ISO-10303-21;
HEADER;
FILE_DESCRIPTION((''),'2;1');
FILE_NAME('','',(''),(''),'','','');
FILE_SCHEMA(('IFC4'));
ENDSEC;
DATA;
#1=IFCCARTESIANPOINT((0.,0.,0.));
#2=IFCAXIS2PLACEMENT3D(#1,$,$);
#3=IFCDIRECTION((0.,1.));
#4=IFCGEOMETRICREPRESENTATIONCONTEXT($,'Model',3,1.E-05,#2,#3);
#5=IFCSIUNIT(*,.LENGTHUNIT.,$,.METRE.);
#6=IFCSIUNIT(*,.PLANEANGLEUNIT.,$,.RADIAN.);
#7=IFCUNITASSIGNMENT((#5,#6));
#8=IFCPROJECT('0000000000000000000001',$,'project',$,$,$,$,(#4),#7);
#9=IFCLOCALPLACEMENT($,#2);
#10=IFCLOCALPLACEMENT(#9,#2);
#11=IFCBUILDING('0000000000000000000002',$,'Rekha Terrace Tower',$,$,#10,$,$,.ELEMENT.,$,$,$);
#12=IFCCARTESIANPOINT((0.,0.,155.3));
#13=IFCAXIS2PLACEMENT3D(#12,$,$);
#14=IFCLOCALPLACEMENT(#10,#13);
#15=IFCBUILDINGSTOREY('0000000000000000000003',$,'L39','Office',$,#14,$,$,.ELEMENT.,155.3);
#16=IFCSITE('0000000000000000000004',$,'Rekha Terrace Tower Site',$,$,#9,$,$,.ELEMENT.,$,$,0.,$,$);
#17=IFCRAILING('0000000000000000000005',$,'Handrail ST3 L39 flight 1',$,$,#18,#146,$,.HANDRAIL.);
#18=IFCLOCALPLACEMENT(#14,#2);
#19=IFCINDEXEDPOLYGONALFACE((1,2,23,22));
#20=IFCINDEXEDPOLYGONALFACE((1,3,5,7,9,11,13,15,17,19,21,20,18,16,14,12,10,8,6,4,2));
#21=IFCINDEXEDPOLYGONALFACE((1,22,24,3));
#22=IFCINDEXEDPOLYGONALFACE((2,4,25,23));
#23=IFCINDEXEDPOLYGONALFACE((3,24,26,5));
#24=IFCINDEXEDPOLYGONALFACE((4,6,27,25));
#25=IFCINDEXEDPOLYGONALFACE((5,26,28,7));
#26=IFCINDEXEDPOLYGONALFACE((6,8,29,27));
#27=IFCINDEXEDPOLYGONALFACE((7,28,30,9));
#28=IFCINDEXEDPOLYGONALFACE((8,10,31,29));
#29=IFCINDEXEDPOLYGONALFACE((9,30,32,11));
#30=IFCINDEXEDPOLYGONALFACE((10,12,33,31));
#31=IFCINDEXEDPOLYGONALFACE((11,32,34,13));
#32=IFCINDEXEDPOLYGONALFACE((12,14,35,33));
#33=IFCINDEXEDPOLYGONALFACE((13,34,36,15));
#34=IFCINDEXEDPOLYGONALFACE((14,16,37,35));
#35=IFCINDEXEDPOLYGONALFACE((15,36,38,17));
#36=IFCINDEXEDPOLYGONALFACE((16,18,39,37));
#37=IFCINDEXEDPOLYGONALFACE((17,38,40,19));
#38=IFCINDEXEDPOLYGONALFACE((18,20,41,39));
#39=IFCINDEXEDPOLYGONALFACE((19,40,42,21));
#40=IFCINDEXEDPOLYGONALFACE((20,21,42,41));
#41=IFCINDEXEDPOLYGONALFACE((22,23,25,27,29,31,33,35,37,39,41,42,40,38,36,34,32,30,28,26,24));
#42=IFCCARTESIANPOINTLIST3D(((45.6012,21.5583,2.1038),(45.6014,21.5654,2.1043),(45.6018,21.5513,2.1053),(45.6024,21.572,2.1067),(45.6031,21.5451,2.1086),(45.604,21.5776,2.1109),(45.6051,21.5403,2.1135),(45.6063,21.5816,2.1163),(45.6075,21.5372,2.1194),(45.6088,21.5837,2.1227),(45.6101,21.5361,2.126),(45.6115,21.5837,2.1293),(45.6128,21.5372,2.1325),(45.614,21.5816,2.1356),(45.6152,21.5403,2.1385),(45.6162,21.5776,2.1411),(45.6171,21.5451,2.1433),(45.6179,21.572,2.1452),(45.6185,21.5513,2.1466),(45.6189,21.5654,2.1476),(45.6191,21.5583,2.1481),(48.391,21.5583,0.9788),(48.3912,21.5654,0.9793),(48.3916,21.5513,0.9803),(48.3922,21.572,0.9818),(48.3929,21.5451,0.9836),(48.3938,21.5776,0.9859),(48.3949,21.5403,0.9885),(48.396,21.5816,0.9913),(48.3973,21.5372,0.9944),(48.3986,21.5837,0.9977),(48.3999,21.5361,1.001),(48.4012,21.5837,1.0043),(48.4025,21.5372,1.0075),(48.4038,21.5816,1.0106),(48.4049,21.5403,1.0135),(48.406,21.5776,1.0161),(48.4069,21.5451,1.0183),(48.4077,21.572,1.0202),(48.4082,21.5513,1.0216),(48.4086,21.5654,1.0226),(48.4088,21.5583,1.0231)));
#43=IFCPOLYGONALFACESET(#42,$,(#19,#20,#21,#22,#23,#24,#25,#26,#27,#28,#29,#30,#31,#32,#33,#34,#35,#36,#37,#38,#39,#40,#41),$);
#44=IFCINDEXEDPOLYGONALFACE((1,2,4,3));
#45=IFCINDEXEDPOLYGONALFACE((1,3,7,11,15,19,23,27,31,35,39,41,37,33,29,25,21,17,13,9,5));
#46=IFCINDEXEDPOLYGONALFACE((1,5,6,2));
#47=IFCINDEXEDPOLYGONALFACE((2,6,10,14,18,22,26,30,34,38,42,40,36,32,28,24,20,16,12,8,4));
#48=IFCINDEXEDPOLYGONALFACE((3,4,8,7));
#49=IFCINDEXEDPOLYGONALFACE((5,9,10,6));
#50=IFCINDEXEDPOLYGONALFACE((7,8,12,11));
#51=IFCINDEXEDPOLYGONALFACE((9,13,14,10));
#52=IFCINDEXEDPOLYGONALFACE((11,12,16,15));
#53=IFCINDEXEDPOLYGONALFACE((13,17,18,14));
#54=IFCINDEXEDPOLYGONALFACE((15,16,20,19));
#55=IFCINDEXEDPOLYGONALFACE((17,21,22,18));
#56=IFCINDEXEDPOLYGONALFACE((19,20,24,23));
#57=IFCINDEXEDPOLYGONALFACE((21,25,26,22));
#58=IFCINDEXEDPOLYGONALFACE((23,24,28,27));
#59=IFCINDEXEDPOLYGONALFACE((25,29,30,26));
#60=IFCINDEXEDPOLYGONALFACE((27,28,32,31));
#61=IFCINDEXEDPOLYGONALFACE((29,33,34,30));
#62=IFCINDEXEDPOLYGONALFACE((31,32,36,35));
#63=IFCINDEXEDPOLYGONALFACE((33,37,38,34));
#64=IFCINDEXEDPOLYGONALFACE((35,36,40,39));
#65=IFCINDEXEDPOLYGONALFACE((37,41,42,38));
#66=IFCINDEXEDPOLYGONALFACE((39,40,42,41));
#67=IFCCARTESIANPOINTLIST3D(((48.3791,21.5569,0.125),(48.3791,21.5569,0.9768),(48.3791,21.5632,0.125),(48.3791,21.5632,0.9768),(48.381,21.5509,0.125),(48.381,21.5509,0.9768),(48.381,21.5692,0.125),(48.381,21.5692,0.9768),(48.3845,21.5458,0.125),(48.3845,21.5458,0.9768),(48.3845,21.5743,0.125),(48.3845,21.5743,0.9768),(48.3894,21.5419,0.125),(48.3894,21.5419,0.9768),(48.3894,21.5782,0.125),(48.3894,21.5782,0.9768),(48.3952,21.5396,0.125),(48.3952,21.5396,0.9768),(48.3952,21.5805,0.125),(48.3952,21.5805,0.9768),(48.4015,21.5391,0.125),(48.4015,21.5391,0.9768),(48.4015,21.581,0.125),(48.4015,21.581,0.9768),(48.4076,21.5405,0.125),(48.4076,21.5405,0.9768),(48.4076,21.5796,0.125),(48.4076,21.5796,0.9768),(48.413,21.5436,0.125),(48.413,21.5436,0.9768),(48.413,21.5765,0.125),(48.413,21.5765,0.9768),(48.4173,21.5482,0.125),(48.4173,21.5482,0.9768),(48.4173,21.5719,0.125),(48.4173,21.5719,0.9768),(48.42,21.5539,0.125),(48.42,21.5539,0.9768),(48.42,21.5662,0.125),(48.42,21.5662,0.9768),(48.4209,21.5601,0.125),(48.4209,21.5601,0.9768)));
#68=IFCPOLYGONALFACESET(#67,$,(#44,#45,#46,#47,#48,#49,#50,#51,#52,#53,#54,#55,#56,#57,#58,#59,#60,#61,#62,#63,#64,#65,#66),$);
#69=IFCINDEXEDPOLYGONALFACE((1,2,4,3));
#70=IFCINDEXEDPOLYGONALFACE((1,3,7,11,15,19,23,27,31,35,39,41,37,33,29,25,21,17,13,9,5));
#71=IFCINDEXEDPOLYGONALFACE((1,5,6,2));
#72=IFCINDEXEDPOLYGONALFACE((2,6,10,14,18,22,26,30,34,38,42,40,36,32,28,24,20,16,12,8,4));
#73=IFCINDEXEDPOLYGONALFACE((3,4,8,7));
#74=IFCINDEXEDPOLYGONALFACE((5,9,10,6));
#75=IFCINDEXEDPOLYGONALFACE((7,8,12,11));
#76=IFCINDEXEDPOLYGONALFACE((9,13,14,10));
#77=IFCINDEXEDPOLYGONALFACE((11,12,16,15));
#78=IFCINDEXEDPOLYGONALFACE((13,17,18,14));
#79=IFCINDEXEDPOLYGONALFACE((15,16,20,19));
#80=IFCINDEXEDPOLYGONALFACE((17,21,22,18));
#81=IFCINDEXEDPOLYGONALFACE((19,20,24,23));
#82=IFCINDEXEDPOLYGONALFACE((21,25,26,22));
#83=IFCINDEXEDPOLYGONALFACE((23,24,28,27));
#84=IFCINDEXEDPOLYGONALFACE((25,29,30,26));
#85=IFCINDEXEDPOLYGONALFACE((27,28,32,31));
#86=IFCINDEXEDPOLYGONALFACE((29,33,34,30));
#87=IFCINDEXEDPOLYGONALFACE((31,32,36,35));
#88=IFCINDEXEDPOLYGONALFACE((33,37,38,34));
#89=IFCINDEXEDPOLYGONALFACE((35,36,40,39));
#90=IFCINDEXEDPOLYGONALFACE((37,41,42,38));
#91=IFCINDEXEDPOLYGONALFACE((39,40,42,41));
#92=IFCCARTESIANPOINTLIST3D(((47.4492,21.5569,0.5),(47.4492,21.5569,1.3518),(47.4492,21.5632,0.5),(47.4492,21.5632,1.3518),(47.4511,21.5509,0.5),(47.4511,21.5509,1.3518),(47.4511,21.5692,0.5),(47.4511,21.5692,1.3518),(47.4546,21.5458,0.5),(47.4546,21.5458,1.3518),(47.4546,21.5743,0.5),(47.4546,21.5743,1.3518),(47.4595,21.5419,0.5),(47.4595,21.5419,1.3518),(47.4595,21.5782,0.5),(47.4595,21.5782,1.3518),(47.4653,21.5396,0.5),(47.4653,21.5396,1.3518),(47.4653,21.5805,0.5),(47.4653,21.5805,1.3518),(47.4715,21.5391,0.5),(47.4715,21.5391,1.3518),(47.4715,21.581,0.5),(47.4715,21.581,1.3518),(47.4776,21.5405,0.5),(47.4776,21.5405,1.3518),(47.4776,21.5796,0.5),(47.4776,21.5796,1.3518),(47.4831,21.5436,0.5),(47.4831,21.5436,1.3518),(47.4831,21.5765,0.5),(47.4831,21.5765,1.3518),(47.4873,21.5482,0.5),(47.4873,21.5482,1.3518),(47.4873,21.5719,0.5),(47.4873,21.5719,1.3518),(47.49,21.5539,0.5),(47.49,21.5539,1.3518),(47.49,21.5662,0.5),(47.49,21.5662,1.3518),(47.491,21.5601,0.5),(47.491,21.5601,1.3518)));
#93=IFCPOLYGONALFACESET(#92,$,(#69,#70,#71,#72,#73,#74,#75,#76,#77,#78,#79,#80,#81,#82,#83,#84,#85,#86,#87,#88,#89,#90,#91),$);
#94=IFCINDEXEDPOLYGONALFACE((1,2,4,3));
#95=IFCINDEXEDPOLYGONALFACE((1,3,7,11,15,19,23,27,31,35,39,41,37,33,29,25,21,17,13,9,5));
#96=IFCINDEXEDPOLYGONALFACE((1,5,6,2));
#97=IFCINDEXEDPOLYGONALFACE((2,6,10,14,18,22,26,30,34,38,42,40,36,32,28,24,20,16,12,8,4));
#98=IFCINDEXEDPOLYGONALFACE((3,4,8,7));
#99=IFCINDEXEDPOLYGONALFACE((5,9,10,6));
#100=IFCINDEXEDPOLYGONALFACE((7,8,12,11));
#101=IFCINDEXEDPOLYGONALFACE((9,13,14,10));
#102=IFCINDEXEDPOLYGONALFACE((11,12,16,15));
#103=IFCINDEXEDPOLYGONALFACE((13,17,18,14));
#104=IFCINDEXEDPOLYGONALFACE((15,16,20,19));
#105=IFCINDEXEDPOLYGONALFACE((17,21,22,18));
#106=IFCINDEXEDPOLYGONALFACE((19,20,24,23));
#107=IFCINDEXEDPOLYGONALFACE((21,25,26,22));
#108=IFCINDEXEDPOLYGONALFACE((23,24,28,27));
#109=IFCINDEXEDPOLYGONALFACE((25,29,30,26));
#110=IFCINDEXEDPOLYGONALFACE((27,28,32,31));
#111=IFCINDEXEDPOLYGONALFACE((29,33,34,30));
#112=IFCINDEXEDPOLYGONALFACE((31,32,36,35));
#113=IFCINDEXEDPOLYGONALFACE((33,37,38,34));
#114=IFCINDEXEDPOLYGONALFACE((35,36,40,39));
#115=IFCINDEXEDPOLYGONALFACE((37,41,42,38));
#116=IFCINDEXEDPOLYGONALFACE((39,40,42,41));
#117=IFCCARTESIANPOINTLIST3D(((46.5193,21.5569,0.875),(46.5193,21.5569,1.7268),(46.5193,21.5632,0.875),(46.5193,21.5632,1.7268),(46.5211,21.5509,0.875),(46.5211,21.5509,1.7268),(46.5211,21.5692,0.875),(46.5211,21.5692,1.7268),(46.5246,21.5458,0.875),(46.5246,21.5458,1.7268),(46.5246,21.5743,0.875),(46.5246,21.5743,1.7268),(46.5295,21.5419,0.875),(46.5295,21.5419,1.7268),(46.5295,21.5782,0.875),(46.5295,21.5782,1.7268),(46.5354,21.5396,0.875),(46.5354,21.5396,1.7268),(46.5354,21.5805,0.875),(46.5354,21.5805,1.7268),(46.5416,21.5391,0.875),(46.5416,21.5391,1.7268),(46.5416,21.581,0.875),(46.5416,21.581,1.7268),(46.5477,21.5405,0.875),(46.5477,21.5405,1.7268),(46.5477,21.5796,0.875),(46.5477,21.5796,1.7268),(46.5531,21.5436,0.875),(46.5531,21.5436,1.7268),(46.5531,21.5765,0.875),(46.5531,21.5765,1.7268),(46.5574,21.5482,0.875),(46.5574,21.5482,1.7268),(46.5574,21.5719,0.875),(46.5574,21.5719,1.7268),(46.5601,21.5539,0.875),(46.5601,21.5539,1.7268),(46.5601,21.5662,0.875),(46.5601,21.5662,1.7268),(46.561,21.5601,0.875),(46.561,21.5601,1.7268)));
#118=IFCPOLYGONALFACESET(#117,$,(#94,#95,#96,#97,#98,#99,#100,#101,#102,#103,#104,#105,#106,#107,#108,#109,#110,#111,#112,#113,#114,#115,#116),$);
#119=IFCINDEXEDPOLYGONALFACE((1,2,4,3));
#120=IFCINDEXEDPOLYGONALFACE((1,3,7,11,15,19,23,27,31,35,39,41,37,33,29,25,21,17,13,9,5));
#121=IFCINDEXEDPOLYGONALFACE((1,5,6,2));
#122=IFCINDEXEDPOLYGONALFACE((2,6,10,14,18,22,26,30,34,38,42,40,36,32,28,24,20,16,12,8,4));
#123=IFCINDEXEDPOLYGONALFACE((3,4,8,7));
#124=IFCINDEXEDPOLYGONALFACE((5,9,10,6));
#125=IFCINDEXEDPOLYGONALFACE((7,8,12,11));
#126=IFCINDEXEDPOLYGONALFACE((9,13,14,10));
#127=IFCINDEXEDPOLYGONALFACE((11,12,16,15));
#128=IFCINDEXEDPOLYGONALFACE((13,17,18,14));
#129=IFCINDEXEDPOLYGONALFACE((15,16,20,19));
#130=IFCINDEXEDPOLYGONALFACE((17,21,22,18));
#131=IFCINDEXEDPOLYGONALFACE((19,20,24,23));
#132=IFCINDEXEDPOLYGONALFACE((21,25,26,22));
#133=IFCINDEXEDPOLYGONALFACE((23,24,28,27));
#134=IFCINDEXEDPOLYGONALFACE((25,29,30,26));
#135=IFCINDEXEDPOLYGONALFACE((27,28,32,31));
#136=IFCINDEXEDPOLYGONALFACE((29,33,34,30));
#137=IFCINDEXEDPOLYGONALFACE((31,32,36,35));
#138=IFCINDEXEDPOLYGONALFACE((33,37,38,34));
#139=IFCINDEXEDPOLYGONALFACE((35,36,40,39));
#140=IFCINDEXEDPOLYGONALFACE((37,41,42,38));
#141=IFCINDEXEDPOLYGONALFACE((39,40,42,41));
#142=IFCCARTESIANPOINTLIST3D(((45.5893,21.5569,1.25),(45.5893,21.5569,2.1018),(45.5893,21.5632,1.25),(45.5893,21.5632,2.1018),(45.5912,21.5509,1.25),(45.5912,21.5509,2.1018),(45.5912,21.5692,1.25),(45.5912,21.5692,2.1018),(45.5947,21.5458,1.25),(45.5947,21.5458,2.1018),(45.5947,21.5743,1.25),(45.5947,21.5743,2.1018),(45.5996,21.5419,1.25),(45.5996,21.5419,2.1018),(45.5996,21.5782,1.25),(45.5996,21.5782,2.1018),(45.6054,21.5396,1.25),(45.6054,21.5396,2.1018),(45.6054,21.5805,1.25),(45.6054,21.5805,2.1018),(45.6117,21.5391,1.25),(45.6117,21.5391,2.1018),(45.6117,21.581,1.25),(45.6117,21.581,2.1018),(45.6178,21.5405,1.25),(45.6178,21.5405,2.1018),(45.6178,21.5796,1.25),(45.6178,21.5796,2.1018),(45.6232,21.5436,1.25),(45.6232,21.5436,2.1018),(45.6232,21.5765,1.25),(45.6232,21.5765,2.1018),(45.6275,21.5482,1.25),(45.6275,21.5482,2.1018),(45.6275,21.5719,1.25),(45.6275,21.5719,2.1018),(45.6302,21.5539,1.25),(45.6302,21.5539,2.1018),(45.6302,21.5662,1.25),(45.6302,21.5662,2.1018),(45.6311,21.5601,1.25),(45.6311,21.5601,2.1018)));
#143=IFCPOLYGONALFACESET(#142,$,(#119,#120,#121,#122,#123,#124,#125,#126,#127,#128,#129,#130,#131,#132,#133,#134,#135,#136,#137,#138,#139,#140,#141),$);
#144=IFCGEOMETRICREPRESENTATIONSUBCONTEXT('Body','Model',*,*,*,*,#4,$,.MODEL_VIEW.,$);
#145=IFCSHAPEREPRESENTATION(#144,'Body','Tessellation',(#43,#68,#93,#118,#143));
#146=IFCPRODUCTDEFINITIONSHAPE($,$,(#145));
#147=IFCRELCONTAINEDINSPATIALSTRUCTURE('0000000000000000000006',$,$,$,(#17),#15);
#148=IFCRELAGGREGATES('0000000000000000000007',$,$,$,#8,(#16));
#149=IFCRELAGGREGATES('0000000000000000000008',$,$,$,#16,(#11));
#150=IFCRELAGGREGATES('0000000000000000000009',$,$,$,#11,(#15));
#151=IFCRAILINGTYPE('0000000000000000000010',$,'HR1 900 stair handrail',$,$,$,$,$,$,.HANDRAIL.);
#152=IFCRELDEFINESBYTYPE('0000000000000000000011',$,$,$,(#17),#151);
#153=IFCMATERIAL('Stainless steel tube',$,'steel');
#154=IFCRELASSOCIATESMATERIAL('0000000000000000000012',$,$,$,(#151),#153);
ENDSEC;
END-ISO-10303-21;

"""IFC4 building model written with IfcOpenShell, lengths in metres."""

from ifc_helpers import new_model, si_unit, direction, frame, origin, origin_2d, place, context, subcontext, project, spatial, circle, extrude, material, type_object, element, save


model = new_model("IFC4")

# Units and contexts
model_context = context("Model", 3, precision=1e-05, world=origin(), true_north=direction((0.0, 1.0)))
body_context = subcontext(model_context, "Body", "Model", "MODEL_VIEW")
ifc_project = project(units=[si_unit("LENGTHUNIT", "METRE"), si_unit("PLANEANGLEUNIT", "RADIAN")], contexts=[model_context])

# Site, building, storey
site_placement = place(None, origin())
site = spatial("IfcSite", under=ifc_project, at=site_placement, Name="Rekha Terrace Tower Site", CompositionType="ELEMENT", RefElevation=0.0)
building_placement = place(site_placement, origin())
building = spatial("IfcBuilding", under=site, at=building_placement, Name="Rekha Terrace Tower", CompositionType="ELEMENT")
storey_placement = place(building_placement, frame((0.0, 0.0, 155.3)))
storey = spatial("IfcBuildingStorey", under=building, at=storey_placement, Name="L39", Description="Office", CompositionType="ELEMENT", Elevation=155.3)

# Railing
ifc_material_1 = material(Name="Stainless steel tube", Category="steel")
railing_type_1 = type_object("IfcRailingType", Name="HR1 900 stair handrail", PredefinedType="HANDRAIL", material=ifc_material_1)
railing_1_placement = place(storey_placement, frame((48.3999, 21.5601, 0.125)))
element("IfcRailing", 1, at=railing_1_placement, inside=storey, type_object=railing_type_1, Name="Handrail ST3 L39 flight 1", PredefinedType="HANDRAIL", context=body_context, shape_type="SweptSolid", body=[
    extrude(circle(Radius=0.0239, at=origin_2d()), frame((0.0, 0.0, 0.876), z_axis=(-0.927432, 0.0, 0.373992), x_axis=(0.0, -1.0, 0.0)), (0.0, 0.0, 1.0), 3.0081),
    extrude(circle(Radius=0.021, at=origin_2d()), origin(), (0.0, 0.0, 1.0), 0.8518),
    extrude(circle(Radius=0.021, at=origin_2d()), frame((-0.9299, 0.0, 0.375)), (0.0, 0.0, 1.0), 0.8518),
    extrude(circle(Radius=0.021, at=origin_2d()), frame((-1.8599, 0.0, 0.75)), (0.0, 0.0, 1.0), 0.8518),
    extrude(circle(Radius=0.021, at=origin_2d()), frame((-2.7898, 0.0, 1.125)), (0.0, 0.0, 1.0), 0.8518),
])

save(model, "model.ifc")
